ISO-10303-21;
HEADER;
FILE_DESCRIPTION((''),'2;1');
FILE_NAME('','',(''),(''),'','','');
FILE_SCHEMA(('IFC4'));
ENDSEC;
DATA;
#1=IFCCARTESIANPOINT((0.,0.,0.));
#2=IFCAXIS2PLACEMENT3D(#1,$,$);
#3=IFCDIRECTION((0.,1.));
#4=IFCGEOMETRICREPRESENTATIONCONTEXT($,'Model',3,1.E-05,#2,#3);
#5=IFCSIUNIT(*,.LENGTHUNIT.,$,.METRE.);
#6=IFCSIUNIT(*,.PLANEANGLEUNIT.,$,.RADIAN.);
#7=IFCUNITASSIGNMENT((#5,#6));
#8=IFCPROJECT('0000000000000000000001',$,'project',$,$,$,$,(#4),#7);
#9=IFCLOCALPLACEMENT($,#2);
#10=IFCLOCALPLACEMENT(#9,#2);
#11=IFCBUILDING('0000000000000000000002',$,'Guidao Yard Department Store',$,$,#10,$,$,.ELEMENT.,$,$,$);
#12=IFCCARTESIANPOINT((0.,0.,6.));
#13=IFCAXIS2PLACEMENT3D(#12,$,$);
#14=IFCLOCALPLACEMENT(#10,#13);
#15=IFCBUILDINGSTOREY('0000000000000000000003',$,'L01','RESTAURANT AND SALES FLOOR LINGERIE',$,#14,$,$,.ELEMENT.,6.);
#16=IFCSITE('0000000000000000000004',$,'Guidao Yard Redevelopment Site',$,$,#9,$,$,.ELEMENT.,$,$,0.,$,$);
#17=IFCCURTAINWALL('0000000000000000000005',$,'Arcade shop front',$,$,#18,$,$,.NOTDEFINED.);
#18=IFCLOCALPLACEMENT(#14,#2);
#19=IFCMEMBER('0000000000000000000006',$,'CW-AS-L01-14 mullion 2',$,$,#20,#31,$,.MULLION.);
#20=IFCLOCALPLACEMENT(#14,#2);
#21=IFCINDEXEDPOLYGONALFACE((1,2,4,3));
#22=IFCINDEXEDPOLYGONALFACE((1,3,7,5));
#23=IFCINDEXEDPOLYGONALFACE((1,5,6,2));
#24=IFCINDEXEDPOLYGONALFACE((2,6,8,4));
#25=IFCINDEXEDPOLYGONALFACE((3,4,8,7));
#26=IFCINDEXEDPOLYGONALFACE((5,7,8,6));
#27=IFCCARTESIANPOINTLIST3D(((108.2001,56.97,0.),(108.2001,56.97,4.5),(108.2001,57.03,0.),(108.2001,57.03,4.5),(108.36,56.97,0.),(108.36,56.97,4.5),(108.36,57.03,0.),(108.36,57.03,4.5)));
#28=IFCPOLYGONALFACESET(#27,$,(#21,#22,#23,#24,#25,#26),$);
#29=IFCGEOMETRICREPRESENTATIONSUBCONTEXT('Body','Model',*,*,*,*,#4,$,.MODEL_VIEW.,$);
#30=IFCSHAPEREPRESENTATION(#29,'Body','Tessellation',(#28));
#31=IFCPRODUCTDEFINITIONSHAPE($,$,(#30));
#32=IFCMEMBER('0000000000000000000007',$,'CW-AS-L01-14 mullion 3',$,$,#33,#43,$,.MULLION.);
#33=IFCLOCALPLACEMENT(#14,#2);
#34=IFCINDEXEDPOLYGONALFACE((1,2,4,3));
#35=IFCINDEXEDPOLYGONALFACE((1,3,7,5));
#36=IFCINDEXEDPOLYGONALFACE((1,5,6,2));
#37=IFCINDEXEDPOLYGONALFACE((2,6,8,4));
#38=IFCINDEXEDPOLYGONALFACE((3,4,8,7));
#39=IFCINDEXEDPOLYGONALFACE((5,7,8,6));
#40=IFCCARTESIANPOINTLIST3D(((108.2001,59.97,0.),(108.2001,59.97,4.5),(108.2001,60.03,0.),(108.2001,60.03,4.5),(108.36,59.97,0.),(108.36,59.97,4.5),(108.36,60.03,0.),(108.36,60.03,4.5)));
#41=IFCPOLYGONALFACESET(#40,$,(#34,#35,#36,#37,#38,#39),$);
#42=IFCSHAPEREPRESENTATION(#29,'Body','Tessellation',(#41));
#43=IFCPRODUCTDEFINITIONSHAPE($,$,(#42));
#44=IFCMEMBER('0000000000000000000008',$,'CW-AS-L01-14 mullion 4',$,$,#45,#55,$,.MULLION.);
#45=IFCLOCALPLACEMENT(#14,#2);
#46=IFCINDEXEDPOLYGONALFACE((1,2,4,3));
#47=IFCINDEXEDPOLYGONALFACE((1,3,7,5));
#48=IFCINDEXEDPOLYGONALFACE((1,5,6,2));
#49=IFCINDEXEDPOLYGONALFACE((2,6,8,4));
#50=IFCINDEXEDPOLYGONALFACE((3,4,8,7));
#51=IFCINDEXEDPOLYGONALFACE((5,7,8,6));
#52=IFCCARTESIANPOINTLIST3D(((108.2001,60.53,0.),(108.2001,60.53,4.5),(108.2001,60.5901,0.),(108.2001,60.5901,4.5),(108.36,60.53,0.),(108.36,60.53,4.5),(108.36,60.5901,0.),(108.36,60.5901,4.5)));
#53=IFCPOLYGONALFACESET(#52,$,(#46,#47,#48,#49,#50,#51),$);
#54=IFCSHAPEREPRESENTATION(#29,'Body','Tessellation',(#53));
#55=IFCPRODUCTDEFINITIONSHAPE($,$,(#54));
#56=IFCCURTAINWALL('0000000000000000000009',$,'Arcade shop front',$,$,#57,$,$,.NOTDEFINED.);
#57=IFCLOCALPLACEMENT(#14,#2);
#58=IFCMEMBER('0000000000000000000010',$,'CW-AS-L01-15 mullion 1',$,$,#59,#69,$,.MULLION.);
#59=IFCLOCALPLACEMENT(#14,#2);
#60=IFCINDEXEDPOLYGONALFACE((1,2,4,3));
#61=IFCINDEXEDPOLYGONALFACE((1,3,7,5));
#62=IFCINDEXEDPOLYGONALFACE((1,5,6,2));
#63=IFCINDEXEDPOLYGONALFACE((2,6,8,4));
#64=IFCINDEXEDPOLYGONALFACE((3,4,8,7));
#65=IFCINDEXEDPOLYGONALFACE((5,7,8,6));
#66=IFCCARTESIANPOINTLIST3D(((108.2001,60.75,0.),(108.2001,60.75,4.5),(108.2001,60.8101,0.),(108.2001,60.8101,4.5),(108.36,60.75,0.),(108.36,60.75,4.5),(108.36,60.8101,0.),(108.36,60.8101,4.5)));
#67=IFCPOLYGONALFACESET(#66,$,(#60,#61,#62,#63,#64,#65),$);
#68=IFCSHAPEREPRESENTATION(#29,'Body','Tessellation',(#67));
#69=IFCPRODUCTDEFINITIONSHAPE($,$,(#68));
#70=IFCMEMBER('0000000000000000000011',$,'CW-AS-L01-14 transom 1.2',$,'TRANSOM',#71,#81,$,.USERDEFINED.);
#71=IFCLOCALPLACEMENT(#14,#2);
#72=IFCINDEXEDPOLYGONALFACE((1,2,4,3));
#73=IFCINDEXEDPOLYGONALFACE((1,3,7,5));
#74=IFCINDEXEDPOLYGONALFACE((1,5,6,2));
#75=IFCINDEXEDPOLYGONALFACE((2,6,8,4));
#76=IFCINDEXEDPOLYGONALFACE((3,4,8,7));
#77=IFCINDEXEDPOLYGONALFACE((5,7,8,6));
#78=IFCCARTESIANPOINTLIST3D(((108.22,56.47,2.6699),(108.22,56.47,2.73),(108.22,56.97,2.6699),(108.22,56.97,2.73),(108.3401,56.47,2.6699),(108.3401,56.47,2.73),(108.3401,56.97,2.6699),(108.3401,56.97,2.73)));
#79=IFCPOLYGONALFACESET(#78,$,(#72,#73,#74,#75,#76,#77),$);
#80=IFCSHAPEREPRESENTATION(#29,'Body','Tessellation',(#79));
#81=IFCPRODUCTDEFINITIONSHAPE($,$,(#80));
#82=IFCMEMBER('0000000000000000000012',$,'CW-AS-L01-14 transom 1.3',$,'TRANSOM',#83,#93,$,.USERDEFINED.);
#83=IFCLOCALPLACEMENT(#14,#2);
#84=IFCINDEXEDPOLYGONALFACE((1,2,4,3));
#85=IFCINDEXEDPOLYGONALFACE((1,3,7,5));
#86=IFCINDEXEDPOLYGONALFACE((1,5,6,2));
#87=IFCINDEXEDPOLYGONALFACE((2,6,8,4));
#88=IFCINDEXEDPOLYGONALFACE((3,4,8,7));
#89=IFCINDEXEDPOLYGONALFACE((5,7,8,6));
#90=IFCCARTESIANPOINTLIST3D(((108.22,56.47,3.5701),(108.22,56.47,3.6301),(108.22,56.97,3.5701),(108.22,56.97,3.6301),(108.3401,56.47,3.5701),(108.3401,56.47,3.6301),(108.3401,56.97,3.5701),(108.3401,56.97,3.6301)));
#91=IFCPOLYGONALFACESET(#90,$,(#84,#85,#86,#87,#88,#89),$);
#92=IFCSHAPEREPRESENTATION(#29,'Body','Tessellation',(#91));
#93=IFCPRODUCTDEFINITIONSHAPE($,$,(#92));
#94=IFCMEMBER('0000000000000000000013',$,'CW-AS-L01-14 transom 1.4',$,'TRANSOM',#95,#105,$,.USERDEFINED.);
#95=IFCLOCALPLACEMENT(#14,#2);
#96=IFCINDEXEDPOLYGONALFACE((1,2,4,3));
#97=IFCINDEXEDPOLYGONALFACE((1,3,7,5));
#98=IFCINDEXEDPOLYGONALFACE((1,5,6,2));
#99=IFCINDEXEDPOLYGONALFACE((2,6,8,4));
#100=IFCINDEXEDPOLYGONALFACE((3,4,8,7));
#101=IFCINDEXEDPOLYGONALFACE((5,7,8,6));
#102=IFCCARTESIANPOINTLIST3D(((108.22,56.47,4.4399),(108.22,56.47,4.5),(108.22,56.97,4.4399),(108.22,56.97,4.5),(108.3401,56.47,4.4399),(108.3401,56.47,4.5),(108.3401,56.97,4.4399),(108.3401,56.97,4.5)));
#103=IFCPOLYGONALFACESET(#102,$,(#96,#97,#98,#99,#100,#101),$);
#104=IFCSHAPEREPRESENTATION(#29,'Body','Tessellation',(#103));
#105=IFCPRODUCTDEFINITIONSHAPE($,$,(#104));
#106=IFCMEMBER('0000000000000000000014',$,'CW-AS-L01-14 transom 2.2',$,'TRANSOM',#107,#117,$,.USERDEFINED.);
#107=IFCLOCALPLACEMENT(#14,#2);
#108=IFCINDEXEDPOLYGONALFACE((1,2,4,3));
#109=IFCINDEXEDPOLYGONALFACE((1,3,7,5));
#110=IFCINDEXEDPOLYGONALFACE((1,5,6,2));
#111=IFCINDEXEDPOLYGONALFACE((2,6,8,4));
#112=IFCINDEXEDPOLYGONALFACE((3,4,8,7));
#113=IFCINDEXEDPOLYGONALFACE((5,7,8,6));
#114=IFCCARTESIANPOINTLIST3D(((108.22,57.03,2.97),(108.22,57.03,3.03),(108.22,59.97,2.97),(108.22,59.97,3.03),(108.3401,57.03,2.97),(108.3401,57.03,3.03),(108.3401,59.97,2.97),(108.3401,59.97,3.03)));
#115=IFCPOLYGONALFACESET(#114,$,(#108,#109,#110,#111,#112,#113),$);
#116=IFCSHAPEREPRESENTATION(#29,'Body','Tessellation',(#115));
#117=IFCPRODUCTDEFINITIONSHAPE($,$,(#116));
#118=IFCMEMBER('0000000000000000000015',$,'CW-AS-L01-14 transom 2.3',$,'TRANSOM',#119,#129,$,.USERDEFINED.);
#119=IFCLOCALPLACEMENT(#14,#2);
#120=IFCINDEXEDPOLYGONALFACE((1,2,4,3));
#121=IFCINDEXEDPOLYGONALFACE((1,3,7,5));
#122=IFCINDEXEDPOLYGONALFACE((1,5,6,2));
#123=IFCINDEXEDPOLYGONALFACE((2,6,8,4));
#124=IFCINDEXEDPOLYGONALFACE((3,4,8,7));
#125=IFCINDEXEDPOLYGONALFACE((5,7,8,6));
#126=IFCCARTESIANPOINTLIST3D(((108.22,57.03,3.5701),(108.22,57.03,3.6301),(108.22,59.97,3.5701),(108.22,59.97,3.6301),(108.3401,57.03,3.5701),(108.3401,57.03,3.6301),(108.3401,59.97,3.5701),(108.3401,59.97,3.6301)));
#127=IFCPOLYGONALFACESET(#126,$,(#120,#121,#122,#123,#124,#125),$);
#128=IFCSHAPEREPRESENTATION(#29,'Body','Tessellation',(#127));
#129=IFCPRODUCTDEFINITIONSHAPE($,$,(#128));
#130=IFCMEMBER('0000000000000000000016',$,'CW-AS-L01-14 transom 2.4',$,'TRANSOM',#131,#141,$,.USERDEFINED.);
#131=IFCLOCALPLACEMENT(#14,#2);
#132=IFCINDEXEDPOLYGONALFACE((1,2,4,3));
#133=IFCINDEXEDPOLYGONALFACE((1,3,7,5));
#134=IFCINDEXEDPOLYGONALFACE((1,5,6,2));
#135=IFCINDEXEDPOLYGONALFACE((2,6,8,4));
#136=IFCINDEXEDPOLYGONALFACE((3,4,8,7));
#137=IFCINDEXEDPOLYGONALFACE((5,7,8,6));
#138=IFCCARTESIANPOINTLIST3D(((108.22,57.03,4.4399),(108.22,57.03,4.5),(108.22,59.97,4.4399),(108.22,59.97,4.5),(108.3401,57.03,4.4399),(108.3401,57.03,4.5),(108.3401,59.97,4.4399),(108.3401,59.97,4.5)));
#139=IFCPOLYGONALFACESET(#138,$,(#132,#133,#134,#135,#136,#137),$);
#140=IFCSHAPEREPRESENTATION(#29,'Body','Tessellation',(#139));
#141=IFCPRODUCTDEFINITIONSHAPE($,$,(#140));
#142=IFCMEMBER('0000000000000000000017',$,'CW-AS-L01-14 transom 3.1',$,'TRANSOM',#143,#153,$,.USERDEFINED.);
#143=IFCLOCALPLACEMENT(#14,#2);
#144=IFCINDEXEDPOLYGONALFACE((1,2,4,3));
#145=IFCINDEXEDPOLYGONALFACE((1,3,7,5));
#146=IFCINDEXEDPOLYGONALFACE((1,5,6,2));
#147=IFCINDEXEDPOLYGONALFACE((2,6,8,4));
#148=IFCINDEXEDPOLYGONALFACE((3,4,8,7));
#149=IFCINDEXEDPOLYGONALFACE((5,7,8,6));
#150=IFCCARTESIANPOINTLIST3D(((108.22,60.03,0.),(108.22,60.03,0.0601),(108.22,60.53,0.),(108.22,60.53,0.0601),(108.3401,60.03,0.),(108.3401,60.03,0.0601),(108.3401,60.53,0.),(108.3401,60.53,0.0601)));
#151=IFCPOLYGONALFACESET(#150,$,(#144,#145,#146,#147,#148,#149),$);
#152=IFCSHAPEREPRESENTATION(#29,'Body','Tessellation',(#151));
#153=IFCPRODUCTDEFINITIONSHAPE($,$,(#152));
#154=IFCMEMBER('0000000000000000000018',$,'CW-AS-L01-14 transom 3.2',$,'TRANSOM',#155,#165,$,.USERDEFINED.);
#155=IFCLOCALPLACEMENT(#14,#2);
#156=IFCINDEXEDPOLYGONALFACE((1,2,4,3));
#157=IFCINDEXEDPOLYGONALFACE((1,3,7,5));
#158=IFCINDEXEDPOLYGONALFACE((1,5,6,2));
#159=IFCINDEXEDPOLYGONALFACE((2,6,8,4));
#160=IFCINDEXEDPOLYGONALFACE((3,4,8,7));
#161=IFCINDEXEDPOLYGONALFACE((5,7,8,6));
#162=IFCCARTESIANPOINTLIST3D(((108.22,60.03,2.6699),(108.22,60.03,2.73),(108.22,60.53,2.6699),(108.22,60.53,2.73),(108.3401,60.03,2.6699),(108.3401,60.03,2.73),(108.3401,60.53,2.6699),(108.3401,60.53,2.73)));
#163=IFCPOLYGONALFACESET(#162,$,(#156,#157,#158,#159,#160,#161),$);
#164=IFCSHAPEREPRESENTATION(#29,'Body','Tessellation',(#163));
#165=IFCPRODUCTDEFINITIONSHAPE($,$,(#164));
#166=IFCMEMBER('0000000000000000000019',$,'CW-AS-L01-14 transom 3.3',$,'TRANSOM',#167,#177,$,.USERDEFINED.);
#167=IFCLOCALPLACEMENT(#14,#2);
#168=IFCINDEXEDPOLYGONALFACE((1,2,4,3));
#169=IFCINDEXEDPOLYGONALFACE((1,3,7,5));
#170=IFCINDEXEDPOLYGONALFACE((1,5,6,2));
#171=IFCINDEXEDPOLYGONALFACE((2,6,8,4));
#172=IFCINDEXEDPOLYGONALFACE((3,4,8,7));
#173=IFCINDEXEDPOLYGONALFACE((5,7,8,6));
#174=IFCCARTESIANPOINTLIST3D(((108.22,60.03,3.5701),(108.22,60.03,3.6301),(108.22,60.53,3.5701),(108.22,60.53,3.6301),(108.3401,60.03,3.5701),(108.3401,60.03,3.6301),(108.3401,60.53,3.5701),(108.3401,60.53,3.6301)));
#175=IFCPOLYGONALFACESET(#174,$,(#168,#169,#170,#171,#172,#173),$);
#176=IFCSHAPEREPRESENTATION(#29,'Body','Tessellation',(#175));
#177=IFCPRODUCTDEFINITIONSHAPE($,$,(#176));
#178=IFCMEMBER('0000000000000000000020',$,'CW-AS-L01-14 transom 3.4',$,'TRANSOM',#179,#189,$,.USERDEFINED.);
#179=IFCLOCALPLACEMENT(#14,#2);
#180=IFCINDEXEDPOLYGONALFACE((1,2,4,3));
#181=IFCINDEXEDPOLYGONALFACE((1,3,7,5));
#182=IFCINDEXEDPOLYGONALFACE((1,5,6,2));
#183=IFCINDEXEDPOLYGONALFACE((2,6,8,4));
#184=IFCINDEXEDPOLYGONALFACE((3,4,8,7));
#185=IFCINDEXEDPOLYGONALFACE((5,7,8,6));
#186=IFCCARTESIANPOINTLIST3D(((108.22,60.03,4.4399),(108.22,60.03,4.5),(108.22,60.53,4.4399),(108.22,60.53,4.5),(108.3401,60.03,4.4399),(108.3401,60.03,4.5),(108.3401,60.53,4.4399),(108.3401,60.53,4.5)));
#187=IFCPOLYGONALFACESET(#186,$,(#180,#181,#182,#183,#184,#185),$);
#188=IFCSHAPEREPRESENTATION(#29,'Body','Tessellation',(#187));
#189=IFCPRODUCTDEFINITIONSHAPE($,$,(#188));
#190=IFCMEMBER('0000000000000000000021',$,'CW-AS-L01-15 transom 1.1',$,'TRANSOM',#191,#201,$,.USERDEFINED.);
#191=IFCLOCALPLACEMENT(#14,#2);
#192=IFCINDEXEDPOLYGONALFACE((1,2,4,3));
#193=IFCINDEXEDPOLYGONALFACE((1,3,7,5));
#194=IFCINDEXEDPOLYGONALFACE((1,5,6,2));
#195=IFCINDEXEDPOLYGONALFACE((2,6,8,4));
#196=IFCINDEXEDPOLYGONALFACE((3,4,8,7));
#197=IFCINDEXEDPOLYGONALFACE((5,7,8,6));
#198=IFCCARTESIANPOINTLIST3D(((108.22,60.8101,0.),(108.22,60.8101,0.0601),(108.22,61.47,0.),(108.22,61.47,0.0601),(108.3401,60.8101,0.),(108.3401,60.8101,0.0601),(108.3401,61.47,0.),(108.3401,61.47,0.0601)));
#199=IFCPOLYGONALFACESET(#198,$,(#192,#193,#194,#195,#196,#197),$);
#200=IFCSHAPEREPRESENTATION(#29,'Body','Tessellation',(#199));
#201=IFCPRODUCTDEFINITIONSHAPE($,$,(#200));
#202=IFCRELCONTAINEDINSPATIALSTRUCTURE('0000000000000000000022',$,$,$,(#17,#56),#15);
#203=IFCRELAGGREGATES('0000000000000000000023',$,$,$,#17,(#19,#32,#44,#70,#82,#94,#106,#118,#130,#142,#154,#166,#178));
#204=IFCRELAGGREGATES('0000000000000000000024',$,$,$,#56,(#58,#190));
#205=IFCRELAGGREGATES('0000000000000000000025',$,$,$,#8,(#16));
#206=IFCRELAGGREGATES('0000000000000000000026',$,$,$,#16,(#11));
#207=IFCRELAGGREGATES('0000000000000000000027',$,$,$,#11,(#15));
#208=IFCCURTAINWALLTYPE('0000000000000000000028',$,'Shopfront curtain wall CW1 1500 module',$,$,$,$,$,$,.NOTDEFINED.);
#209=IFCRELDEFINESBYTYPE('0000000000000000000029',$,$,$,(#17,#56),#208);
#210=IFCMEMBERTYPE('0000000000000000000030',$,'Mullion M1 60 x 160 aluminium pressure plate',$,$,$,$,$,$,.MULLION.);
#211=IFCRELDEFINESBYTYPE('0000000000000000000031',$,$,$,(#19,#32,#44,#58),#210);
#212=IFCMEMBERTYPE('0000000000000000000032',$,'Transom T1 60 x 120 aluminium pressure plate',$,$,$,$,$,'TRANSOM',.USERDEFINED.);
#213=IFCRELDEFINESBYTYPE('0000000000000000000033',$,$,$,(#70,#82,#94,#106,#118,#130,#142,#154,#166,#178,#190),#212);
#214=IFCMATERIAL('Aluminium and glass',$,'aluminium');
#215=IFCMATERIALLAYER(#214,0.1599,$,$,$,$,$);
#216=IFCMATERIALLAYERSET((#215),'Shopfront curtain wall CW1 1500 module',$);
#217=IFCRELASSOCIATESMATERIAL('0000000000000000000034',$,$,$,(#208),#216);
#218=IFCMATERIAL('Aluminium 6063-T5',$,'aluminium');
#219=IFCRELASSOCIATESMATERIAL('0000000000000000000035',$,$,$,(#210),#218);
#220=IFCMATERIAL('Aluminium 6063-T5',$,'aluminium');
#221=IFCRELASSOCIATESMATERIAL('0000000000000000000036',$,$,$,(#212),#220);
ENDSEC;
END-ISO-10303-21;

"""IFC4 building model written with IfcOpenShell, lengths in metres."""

from ifc_helpers import new_model, si_unit, direction, frame, origin, origin_2d, place, context, subcontext, project, spatial, rectangle, extrude, material, layer, layer_set, material_profile, profile_set, type_object, element, aggregate, save


model = new_model("IFC4")

# Units and contexts
model_context = context("Model", 3, precision=1e-05, world=origin(), true_north=direction((0.0, 1.0)))
body_context = subcontext(model_context, "Body", "Model", "MODEL_VIEW")
ifc_project = project(units=[si_unit("LENGTHUNIT", "METRE"), si_unit("PLANEANGLEUNIT", "RADIAN")], contexts=[model_context])

# Site, building, storey
site_placement = place(None, origin())
site = spatial("IfcSite", under=ifc_project, at=site_placement, Name="Guidao Yard Redevelopment Site", CompositionType="ELEMENT", RefElevation=0.0)
building_placement = place(site_placement, origin())
building = spatial("IfcBuilding", under=site, at=building_placement, Name="Guidao Yard Department Store", CompositionType="ELEMENT")
storey_placement = place(building_placement, frame((0.0, 0.0, 6.0)))
storey = spatial("IfcBuildingStorey", under=building, at=storey_placement, Name="L01", Description="RESTAURANT AND SALES FLOOR LINGERIE", CompositionType="ELEMENT", Elevation=6.0)

# Curtain wall, members
ifc_material_1 = material(Name="Aluminium and glass", Category="aluminium")
ifc_layer_1 = layer(ifc_material_1, 0.1599)
ifc_layer_set_1 = layer_set([ifc_layer_1], Name="Shopfront curtain wall CW1 1500 module")
curtain_wall_type = type_object("IfcCurtainWallType", Name="Shopfront curtain wall CW1 1500 module", PredefinedType="NOTDEFINED", material=ifc_layer_set_1)
curtain_wall_1_placement = place(storey_placement, origin())
curtain_wall_1 = element("IfcCurtainWall", 1, at=curtain_wall_1_placement, inside=storey, type_object=curtain_wall_type, Name="Arcade shop front", PredefinedType="NOTDEFINED")
ifc_material_2 = material(Name="Aluminium 6063-T5", Category="aluminium")
ifc_material_profile_1 = material_profile(ifc_material_2, rectangle(XDim=0.0601, YDim=0.1599, at=origin_2d()), Name="Mullion M1 60 x 160 aluminium pressure plate")
ifc_profile_set_1 = profile_set([ifc_material_profile_1], Name="Aluminium 6063-T5")
member_type_1 = type_object("IfcMemberType", Name="Mullion M1 60 x 160 aluminium pressure plate", PredefinedType="MULLION", material=ifc_profile_set_1)
member_1_placement = place(storey_placement, frame((108.28, 57.0, 0.0), z_axis=(0.0, 0.0, 1.0), x_axis=(0.0, -1.0, 0.0)))
member_1 = element("IfcMember", 2, at=member_1_placement, type_object=member_type_1, Name="CW-AS-L01-14 mullion 2", PredefinedType="MULLION", context=body_context, shape_type="SweptSolid", body=[
    extrude(rectangle(XDim=0.0601, YDim=0.1599, at=origin_2d()), origin(), (0.0, 0.0, 1.0), 4.5),
])
member_2_placement = place(storey_placement, frame((108.28, 60.0, 0.0), z_axis=(0.0, 0.0, 1.0), x_axis=(0.0, -1.0, 0.0)))
member_2 = element("IfcMember", 3, at=member_2_placement, type_object=member_type_1, Name="CW-AS-L01-14 mullion 3", PredefinedType="MULLION", context=body_context, shape_type="SweptSolid", body=[
    extrude(rectangle(XDim=0.0601, YDim=0.1599, at=origin_2d()), origin(), (0.0, 0.0, 1.0), 4.5),
])
member_3_placement = place(storey_placement, frame((108.28, 60.5601, 0.0), z_axis=(0.0, 0.0, 1.0), x_axis=(0.0, -1.0, 0.0)))
member_3 = element("IfcMember", 4, at=member_3_placement, type_object=member_type_1, Name="CW-AS-L01-14 mullion 4", PredefinedType="MULLION", context=body_context, shape_type="SweptSolid", body=[
    extrude(rectangle(XDim=0.0601, YDim=0.1599, at=origin_2d()), origin(), (0.0, 0.0, 1.0), 4.5),
])

# Curtain wall, member
curtain_wall_2_placement = place(storey_placement, origin())
curtain_wall_2 = element("IfcCurtainWall", 5, at=curtain_wall_2_placement, inside=storey, type_object=curtain_wall_type, Name="Arcade shop front", PredefinedType="NOTDEFINED")
member_4_placement = place(storey_placement, frame((108.28, 60.78, 0.0), z_axis=(0.0, 0.0, 1.0), x_axis=(0.0, -1.0, 0.0)))
member_4 = element("IfcMember", 6, at=member_4_placement, type_object=member_type_1, Name="CW-AS-L01-15 mullion 1", PredefinedType="MULLION", context=body_context, shape_type="SweptSolid", body=[
    extrude(rectangle(XDim=0.0601, YDim=0.1599, at=origin_2d()), origin(), (0.0, 0.0, 1.0), 4.5),
])

# Members
ifc_material_3 = material(Name="Aluminium 6063-T5", Category="aluminium")
ifc_material_profile_2 = material_profile(ifc_material_3, rectangle(XDim=0.1201, YDim=0.0601, at=origin_2d()), Name="Transom T1 60 x 120 aluminium pressure plate")
ifc_profile_set_2 = profile_set([ifc_material_profile_2], Name="Aluminium 6063-T5")
member_type_2 = type_object("IfcMemberType", Name="Transom T1 60 x 120 aluminium pressure plate", ElementType="TRANSOM", PredefinedType="USERDEFINED", material=ifc_profile_set_2)
member_5_placement = place(storey_placement, frame((108.28, 56.97, 2.7), z_axis=(0.0, -1.0, 0.0), x_axis=(1.0, 0.0, 0.0)))
member_5 = element("IfcMember", 7, at=member_5_placement, type_object=member_type_2, Name="CW-AS-L01-14 transom 1.2", ObjectType="TRANSOM", PredefinedType="USERDEFINED", context=body_context, shape_type="SweptSolid", body=[
    extrude(rectangle(XDim=0.1201, YDim=0.0601, at=origin_2d()), origin(), (0.0, 0.0, 1.0), 0.5),
])
member_6_placement = place(storey_placement, frame((108.28, 56.97, 3.6001), z_axis=(0.0, -1.0, 0.0), x_axis=(1.0, 0.0, 0.0)))
member_6 = element("IfcMember", 8, at=member_6_placement, type_object=member_type_2, Name="CW-AS-L01-14 transom 1.3", ObjectType="TRANSOM", PredefinedType="USERDEFINED", context=body_context, shape_type="SweptSolid", body=[
    extrude(rectangle(XDim=0.1201, YDim=0.0601, at=origin_2d()), origin(), (0.0, 0.0, 1.0), 0.5),
])
member_7_placement = place(storey_placement, frame((108.28, 56.97, 4.47), z_axis=(0.0, -1.0, 0.0), x_axis=(1.0, 0.0, 0.0)))
member_7 = element("IfcMember", 9, at=member_7_placement, type_object=member_type_2, Name="CW-AS-L01-14 transom 1.4", ObjectType="TRANSOM", PredefinedType="USERDEFINED", context=body_context, shape_type="SweptSolid", body=[
    extrude(rectangle(XDim=0.1201, YDim=0.0601, at=origin_2d()), origin(), (0.0, 0.0, 1.0), 0.5),
])
member_8_placement = place(storey_placement, frame((108.28, 59.97, 3.0), z_axis=(0.0, -1.0, 0.0), x_axis=(1.0, 0.0, 0.0)))
member_8 = element("IfcMember", 10, at=member_8_placement, type_object=member_type_2, Name="CW-AS-L01-14 transom 2.2", ObjectType="TRANSOM", PredefinedType="USERDEFINED", context=body_context, shape_type="SweptSolid", body=[
    extrude(rectangle(XDim=0.1201, YDim=0.0601, at=origin_2d()), origin(), (0.0, 0.0, 1.0), 2.9399),
])
member_9_placement = place(storey_placement, frame((108.28, 59.97, 3.6001), z_axis=(0.0, -1.0, 0.0), x_axis=(1.0, 0.0, 0.0)))
member_9 = element("IfcMember", 11, at=member_9_placement, type_object=member_type_2, Name="CW-AS-L01-14 transom 2.3", ObjectType="TRANSOM", PredefinedType="USERDEFINED", context=body_context, shape_type="SweptSolid", body=[
    extrude(rectangle(XDim=0.1201, YDim=0.0601, at=origin_2d()), origin(), (0.0, 0.0, 1.0), 2.9399),
])
member_10_placement = place(storey_placement, frame((108.28, 59.97, 4.47), z_axis=(0.0, -1.0, 0.0), x_axis=(1.0, 0.0, 0.0)))
member_10 = element("IfcMember", 12, at=member_10_placement, type_object=member_type_2, Name="CW-AS-L01-14 transom 2.4", ObjectType="TRANSOM", PredefinedType="USERDEFINED", context=body_context, shape_type="SweptSolid", body=[
    extrude(rectangle(XDim=0.1201, YDim=0.0601, at=origin_2d()), origin(), (0.0, 0.0, 1.0), 2.9399),
])
member_11_placement = place(storey_placement, frame((108.28, 60.53, 0.03), z_axis=(0.0, -1.0, 0.0), x_axis=(1.0, 0.0, 0.0)))
member_11 = element("IfcMember", 13, at=member_11_placement, type_object=member_type_2, Name="CW-AS-L01-14 transom 3.1", ObjectType="TRANSOM", PredefinedType="USERDEFINED", context=body_context, shape_type="SweptSolid", body=[
    extrude(rectangle(XDim=0.1201, YDim=0.0601, at=origin_2d()), origin(), (0.0, 0.0, 1.0), 0.5),
])
member_12_placement = place(storey_placement, frame((108.28, 60.53, 2.7), z_axis=(0.0, -1.0, 0.0), x_axis=(1.0, 0.0, 0.0)))
member_12 = element("IfcMember", 14, at=member_12_placement, type_object=member_type_2, Name="CW-AS-L01-14 transom 3.2", ObjectType="TRANSOM", PredefinedType="USERDEFINED", context=body_context, shape_type="SweptSolid", body=[
    extrude(rectangle(XDim=0.1201, YDim=0.0601, at=origin_2d()), origin(), (0.0, 0.0, 1.0), 0.5),
])
member_13_placement = place(storey_placement, frame((108.28, 60.53, 3.6001), z_axis=(0.0, -1.0, 0.0), x_axis=(1.0, 0.0, 0.0)))
member_13 = element("IfcMember", 15, at=member_13_placement, type_object=member_type_2, Name="CW-AS-L01-14 transom 3.3", ObjectType="TRANSOM", PredefinedType="USERDEFINED", context=body_context, shape_type="SweptSolid", body=[
    extrude(rectangle(XDim=0.1201, YDim=0.0601, at=origin_2d()), origin(), (0.0, 0.0, 1.0), 0.5),
])
member_14_placement = place(storey_placement, frame((108.28, 60.53, 4.47), z_axis=(0.0, -1.0, 0.0), x_axis=(1.0, 0.0, 0.0)))
member_14 = element("IfcMember", 16, at=member_14_placement, type_object=member_type_2, Name="CW-AS-L01-14 transom 3.4", ObjectType="TRANSOM", PredefinedType="USERDEFINED", context=body_context, shape_type="SweptSolid", body=[
    extrude(rectangle(XDim=0.1201, YDim=0.0601, at=origin_2d()), origin(), (0.0, 0.0, 1.0), 0.5),
])
member_15_placement = place(storey_placement, frame((108.28, 61.47, 0.03), z_axis=(0.0, -1.0, 0.0), x_axis=(1.0, 0.0, 0.0)))
member_15 = element("IfcMember", 17, at=member_15_placement, type_object=member_type_2, Name="CW-AS-L01-15 transom 1.1", ObjectType="TRANSOM", PredefinedType="USERDEFINED", context=body_context, shape_type="SweptSolid", body=[
    extrude(rectangle(XDim=0.1201, YDim=0.0601, at=origin_2d()), origin(), (0.0, 0.0, 1.0), 0.6599),
])

aggregate(curtain_wall_1, [member_1, member_2, member_3, member_5, member_6, member_7, member_8, member_9, member_10, member_11, member_12, member_13, member_14])
aggregate(curtain_wall_2, [member_4, member_15])

save(model, "model.ifc")
